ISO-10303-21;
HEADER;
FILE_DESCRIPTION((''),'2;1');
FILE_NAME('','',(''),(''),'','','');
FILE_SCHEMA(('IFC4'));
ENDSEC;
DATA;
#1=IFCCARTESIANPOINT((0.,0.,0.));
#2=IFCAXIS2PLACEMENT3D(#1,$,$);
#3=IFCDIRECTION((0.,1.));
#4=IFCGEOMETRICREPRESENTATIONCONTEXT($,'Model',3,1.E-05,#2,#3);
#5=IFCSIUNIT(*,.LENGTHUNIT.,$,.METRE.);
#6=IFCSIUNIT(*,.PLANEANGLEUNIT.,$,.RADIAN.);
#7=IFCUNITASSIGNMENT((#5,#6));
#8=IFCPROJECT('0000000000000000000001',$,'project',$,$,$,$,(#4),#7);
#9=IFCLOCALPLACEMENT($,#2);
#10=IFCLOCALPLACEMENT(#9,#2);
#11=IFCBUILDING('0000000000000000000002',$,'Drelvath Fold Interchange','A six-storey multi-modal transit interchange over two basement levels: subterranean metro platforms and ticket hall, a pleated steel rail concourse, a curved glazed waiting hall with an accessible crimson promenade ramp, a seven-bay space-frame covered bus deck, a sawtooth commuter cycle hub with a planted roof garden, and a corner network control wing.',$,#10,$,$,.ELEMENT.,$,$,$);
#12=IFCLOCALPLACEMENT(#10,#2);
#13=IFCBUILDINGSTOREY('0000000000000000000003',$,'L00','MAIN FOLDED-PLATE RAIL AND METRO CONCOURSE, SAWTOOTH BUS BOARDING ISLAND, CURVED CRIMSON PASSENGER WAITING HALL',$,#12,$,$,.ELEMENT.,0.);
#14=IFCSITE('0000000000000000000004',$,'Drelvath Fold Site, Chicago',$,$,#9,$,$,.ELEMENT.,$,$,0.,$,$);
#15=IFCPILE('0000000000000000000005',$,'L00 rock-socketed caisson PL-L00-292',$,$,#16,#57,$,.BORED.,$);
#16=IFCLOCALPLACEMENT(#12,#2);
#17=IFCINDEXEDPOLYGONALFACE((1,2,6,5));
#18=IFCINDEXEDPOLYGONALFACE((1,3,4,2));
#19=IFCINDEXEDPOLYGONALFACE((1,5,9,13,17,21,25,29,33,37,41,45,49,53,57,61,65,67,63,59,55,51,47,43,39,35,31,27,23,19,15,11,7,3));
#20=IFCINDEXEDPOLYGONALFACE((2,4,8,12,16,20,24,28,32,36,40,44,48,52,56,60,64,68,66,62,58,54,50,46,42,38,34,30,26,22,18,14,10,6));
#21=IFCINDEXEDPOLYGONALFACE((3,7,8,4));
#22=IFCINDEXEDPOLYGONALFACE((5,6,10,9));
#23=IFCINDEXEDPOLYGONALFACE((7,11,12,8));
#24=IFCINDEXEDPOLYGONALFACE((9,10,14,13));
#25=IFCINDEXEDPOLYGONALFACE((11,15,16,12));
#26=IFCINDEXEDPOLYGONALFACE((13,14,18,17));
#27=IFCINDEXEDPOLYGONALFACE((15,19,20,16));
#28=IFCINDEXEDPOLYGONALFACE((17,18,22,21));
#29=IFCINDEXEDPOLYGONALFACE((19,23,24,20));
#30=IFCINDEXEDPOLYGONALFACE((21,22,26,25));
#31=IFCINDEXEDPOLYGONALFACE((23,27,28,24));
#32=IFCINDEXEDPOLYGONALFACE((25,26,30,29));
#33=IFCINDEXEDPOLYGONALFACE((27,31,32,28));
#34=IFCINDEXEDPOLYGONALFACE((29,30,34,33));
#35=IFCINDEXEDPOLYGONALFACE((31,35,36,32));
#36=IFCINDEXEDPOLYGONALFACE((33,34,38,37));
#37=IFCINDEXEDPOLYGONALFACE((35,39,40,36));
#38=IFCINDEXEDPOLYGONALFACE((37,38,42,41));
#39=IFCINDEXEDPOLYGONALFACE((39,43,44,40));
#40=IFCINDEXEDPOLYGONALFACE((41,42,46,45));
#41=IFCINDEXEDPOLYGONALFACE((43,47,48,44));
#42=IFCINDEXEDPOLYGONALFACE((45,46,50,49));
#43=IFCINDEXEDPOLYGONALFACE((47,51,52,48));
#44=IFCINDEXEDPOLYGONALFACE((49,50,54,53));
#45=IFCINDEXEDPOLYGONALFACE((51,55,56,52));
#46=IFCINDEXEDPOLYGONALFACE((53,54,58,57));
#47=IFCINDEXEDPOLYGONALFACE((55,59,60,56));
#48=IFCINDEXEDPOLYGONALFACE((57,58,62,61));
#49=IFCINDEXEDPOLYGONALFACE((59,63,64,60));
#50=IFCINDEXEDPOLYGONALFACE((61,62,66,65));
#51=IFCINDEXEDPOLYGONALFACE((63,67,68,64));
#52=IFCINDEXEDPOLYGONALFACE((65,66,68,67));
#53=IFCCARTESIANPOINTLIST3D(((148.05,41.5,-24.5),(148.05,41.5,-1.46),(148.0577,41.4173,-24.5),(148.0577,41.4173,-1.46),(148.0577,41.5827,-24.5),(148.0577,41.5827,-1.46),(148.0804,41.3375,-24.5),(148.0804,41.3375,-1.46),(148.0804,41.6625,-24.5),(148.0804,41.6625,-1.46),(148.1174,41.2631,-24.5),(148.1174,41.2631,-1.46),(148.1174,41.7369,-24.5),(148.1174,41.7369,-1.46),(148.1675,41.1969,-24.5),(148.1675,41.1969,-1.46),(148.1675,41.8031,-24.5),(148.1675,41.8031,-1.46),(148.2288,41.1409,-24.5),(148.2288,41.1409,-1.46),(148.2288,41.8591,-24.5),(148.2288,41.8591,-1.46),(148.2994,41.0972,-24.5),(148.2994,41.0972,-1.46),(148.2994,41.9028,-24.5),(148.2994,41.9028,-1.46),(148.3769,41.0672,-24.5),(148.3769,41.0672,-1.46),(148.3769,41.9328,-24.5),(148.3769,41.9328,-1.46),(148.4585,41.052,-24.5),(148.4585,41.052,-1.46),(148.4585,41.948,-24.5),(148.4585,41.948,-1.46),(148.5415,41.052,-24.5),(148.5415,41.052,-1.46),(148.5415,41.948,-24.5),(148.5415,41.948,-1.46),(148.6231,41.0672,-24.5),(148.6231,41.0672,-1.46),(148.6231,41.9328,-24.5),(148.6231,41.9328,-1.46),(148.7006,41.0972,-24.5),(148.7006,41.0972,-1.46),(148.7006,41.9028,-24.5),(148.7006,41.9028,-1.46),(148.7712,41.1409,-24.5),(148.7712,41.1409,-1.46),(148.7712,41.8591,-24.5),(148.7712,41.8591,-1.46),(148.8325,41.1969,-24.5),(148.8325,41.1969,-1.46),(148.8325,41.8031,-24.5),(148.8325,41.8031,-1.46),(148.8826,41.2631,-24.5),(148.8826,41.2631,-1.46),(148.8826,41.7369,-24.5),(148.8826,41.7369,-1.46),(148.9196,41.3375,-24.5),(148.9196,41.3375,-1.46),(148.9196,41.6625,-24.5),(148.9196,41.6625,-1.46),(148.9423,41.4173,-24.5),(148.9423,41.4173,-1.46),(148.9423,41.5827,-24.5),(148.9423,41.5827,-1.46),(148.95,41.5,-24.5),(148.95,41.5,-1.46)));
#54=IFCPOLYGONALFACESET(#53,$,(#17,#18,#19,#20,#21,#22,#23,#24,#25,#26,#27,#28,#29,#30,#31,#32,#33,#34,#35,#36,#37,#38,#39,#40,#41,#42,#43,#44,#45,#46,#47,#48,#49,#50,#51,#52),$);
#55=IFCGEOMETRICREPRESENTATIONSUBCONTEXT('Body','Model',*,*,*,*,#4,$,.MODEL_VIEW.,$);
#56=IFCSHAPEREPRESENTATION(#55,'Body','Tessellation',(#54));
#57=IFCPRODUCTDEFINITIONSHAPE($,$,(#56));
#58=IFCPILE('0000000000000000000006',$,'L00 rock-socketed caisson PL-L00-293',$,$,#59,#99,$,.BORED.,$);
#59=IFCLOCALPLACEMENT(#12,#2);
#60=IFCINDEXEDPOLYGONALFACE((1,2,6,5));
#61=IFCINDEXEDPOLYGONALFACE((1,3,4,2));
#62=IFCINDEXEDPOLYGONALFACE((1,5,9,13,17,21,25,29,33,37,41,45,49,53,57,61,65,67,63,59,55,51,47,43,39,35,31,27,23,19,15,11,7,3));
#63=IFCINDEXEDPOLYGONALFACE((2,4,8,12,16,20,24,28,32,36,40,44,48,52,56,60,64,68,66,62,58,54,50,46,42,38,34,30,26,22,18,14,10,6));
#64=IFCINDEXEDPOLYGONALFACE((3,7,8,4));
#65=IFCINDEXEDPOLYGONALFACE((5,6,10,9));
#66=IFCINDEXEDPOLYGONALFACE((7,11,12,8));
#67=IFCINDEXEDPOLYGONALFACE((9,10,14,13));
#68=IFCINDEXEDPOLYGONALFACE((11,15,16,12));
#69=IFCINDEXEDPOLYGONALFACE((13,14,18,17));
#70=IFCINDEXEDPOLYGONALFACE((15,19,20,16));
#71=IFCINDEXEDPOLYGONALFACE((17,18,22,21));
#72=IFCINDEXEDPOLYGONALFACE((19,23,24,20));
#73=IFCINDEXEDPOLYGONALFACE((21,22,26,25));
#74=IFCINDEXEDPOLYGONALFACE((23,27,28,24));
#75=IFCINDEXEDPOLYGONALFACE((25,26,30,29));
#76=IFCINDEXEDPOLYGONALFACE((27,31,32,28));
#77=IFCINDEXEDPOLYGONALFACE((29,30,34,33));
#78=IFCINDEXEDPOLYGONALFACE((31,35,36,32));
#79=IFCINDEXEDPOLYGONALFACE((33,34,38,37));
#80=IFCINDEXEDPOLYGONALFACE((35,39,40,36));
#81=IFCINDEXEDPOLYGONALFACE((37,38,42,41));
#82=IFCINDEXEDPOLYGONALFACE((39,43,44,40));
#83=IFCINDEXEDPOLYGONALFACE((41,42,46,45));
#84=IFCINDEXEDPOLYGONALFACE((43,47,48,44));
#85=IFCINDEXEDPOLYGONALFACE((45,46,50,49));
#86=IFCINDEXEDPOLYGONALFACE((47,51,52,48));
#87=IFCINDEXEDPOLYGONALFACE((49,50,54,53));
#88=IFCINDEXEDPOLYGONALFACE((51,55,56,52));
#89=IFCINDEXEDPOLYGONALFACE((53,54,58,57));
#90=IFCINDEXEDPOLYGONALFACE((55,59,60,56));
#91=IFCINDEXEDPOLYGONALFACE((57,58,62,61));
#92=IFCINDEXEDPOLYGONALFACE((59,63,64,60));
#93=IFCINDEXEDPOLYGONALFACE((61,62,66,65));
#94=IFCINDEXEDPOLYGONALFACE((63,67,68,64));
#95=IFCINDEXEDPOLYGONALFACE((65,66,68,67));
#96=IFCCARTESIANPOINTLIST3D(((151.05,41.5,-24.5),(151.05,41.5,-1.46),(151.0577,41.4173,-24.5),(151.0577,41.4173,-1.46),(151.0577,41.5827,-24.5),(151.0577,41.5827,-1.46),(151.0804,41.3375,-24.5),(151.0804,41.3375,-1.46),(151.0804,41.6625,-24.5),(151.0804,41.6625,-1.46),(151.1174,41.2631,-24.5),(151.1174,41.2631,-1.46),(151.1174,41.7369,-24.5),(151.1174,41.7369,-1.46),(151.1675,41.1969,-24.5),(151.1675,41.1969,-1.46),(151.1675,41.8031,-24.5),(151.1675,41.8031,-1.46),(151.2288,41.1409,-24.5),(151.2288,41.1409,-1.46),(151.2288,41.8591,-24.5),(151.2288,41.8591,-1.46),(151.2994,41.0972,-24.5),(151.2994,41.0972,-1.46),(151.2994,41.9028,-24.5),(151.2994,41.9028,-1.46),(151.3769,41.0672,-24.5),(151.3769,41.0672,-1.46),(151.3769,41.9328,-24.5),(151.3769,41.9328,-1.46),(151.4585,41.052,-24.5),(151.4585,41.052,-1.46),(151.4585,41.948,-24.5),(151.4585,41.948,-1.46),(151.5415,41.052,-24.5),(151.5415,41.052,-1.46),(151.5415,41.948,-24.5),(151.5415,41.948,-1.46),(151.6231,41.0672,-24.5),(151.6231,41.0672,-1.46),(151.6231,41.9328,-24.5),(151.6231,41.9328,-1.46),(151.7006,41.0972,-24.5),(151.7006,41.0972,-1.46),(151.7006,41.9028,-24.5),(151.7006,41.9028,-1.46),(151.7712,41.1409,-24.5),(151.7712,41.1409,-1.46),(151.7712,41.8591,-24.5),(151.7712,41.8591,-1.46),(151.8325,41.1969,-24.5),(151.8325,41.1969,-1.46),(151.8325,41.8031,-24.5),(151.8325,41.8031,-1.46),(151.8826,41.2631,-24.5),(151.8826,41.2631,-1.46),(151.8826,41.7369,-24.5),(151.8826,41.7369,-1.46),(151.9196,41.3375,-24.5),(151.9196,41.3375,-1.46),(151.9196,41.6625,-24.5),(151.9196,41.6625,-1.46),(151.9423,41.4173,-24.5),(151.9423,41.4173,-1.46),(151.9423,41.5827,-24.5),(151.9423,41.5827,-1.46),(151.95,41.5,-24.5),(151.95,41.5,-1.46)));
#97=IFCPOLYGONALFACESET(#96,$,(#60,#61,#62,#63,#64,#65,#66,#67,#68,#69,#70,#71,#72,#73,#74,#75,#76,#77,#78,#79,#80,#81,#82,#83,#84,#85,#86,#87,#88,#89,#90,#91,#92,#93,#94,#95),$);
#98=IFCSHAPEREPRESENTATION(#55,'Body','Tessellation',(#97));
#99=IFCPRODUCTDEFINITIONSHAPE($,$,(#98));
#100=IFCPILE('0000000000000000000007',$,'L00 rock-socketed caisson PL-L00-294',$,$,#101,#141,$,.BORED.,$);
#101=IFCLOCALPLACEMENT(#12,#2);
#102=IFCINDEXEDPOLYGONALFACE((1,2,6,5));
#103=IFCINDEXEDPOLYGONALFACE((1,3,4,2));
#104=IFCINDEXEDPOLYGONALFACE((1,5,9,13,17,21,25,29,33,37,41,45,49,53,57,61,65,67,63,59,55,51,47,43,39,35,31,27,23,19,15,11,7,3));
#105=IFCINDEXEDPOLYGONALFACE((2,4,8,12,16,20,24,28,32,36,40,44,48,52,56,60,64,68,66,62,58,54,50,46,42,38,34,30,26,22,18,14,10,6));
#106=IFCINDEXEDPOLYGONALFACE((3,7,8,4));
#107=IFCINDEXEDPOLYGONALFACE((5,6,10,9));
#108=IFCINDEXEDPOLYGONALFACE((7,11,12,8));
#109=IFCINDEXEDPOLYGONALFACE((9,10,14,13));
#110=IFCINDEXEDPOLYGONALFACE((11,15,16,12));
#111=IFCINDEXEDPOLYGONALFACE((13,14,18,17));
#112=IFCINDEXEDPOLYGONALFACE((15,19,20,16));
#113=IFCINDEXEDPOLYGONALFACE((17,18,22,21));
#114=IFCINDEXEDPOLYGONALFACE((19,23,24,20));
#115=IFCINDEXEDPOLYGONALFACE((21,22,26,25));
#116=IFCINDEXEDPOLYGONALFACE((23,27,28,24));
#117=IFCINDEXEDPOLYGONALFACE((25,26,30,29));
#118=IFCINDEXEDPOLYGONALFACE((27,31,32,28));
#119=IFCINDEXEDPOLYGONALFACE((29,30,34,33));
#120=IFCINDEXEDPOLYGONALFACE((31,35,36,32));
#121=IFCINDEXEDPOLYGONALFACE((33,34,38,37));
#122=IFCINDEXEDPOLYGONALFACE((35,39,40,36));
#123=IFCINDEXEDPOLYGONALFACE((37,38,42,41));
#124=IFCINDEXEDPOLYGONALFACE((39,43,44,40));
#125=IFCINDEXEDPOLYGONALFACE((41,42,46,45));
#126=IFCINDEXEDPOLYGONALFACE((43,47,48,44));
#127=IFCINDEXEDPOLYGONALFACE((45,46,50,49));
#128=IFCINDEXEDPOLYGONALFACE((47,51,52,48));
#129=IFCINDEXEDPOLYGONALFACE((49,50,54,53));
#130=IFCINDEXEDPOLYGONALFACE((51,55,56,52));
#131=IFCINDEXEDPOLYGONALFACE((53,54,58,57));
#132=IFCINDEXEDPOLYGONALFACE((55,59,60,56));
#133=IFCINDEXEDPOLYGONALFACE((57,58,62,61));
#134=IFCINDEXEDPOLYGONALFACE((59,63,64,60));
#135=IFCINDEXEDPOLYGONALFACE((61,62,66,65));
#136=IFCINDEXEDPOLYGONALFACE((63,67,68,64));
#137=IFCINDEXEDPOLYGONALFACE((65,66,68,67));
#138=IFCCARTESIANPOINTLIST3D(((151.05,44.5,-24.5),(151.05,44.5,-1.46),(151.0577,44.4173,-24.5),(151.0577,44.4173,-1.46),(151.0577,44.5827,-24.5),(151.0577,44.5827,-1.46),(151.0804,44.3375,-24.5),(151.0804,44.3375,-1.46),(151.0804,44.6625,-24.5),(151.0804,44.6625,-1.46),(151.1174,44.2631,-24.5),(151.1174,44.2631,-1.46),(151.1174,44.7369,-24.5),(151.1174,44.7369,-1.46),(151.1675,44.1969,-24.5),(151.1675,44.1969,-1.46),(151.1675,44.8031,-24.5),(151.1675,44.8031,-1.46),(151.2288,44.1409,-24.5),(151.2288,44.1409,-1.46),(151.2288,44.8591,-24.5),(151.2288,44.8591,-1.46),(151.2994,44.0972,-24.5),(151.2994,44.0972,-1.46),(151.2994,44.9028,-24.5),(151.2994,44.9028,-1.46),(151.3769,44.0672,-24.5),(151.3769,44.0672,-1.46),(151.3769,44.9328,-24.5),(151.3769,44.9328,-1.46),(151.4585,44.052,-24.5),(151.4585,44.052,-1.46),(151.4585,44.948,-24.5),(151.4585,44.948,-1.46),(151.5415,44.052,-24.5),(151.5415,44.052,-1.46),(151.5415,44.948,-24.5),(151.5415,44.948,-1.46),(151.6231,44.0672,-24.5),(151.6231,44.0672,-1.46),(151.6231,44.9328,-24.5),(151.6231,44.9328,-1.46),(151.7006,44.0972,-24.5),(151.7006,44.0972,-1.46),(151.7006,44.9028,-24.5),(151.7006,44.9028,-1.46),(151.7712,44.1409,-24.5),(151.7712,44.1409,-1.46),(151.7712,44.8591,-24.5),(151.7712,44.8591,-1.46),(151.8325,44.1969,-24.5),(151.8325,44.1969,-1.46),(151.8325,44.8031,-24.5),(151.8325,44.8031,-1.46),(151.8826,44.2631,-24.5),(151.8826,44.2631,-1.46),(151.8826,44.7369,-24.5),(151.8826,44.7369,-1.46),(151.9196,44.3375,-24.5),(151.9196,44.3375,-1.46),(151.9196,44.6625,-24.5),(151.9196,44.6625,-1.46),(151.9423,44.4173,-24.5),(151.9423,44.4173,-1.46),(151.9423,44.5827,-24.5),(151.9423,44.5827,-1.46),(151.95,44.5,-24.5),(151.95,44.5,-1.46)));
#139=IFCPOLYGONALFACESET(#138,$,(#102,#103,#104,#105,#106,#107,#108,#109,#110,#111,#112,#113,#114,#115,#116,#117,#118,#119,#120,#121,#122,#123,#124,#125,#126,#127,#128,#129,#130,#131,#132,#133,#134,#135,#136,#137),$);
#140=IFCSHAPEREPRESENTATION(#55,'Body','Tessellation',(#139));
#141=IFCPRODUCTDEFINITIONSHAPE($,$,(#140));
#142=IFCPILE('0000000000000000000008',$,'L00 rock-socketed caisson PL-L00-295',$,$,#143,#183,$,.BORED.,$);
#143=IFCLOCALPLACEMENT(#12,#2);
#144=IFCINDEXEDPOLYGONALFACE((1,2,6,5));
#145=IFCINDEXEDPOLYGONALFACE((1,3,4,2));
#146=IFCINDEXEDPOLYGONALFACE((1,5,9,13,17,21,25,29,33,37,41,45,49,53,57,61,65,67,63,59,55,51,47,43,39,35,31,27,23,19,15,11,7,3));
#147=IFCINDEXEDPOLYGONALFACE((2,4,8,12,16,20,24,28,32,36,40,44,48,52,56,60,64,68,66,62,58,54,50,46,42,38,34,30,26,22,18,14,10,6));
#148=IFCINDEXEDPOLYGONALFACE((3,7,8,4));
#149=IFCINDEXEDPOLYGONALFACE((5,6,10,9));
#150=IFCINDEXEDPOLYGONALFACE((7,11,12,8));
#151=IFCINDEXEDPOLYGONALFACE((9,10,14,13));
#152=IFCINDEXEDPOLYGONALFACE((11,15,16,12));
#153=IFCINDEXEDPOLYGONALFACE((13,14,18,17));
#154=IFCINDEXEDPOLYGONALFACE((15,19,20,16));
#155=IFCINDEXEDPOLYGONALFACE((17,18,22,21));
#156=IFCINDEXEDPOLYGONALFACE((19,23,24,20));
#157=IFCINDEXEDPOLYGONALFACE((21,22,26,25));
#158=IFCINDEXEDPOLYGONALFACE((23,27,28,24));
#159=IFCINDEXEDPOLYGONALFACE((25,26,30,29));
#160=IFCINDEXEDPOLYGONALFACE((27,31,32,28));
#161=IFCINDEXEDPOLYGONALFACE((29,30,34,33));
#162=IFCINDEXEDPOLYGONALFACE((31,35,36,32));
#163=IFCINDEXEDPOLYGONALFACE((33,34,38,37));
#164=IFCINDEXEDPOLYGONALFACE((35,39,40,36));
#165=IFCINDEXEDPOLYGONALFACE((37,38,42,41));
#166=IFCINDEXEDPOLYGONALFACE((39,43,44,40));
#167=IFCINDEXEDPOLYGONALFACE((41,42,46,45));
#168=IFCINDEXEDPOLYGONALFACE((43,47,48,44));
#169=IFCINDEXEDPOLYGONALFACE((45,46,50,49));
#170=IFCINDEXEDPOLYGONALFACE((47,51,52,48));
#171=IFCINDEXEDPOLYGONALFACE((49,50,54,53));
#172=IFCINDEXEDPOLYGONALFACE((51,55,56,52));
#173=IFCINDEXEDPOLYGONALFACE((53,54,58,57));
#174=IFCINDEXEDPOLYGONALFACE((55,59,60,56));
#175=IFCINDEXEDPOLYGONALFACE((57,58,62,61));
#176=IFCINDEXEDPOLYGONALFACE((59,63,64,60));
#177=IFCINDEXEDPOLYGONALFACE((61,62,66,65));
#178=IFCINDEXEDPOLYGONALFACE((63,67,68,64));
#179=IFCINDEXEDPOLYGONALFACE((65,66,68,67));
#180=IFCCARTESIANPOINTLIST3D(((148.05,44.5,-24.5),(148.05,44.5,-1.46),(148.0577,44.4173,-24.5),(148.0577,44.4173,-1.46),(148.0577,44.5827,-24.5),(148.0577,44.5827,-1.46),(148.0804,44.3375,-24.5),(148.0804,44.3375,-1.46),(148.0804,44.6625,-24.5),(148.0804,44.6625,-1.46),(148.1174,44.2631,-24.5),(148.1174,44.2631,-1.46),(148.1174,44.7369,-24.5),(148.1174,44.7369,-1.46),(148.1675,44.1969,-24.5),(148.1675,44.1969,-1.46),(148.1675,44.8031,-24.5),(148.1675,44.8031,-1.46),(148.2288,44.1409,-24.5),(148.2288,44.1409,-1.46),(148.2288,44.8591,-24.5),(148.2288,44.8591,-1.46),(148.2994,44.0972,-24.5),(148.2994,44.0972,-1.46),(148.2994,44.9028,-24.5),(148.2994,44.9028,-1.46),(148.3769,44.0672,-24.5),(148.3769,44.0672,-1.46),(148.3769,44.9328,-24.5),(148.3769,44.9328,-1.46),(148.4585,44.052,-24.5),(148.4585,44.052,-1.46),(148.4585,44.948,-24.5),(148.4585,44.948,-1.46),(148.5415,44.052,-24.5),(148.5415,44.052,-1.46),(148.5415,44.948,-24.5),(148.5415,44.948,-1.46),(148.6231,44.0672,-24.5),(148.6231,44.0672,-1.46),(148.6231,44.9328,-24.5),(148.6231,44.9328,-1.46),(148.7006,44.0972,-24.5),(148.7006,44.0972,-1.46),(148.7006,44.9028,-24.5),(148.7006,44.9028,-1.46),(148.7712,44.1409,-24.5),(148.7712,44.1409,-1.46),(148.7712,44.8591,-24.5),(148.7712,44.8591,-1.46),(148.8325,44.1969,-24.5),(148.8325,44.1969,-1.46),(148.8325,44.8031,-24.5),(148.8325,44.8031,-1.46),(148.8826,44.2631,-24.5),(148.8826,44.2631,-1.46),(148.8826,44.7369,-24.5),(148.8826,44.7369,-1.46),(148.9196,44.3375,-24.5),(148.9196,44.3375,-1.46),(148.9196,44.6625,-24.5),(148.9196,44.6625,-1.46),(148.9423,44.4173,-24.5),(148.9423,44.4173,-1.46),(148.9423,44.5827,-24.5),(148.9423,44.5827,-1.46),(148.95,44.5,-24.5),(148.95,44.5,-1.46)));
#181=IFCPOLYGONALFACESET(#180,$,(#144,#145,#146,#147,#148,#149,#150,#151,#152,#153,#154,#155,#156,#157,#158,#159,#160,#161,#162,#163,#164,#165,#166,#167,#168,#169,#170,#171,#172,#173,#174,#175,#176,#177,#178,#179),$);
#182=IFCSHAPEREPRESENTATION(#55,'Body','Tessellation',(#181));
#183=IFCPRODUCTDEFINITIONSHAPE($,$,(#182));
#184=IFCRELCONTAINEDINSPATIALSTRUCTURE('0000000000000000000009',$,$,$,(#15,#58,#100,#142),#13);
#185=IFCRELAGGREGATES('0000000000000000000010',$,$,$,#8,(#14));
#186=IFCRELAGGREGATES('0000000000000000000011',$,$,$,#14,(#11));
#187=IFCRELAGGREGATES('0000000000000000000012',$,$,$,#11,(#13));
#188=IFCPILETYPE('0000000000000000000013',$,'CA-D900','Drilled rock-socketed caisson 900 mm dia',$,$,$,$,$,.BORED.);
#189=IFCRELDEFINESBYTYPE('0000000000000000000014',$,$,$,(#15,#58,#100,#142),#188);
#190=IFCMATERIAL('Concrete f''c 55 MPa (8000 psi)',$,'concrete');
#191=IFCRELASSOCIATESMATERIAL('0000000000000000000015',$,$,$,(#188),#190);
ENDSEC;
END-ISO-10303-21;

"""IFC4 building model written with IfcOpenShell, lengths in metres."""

from ifc_helpers import new_model, si_unit, direction, frame, origin, origin_2d, place, context, subcontext, project, spatial, circle, extrude, material, material_profile, profile_set, type_object, element, save


model = new_model("IFC4")

# Units and contexts
model_context = context("Model", 3, precision=1e-05, world=origin(), true_north=direction((0.0, 1.0)))
body_context = subcontext(model_context, "Body", "Model", "MODEL_VIEW")
ifc_project = project(units=[si_unit("LENGTHUNIT", "METRE"), si_unit("PLANEANGLEUNIT", "RADIAN")], contexts=[model_context])

# Site, building, storey
site_placement = place(None, origin())
site = spatial("IfcSite", under=ifc_project, at=site_placement, Name="Drelvath Fold Site, Chicago", CompositionType="ELEMENT", RefElevation=0.0)
building_placement = place(site_placement, origin())
building = spatial("IfcBuilding", under=site, at=building_placement, Name="Drelvath Fold Interchange", Description="A six-storey multi-modal transit interchange over two basement levels: subterranean metro platforms and ticket hall, a pleated steel rail concourse, a curved glazed waiting hall with an accessible crimson promenade ramp, a seven-bay space-frame covered bus deck, a sawtooth commuter cycle hub with a planted roof garden, and a corner network control wing.", CompositionType="ELEMENT")
storey_placement = place(building_placement, origin())
storey = spatial("IfcBuildingStorey", under=building, at=storey_placement, Name="L00", Description="MAIN FOLDED-PLATE RAIL AND METRO CONCOURSE, SAWTOOTH BUS BOARDING ISLAND, CURVED CRIMSON PASSENGER WAITING HALL", CompositionType="ELEMENT", Elevation=0.0)

# Piles
ifc_material_1 = material(Name="Concrete f'c 55 MPa (8000 psi)", Category="concrete")
ifc_material_profile_1 = material_profile(ifc_material_1, circle(Radius=0.45, at=origin_2d()), Name="CAISSON D900")
ifc_profile_set_1 = profile_set([ifc_material_profile_1], Name="Concrete f'c 55 MPa (8000 psi)")
pile_type_1 = type_object("IfcPileType", Name="CA-D900", Description="Drilled rock-socketed caisson 900 mm dia", PredefinedType="BORED", material=ifc_profile_set_1)
for number, where, z_axis, x_axis, name in (
    (1, (148.5, 41.5, -1.46), (0.0, 0.0, -1.0), (1.0, 0.0, 0.0), "L00 rock-socketed caisson PL-L00-292"),
    (2, (151.5, 41.5, -1.46), (0.0, 0.0, -1.0), (1.0, 0.0, 0.0), "L00 rock-socketed caisson PL-L00-293"),
    (3, (151.5, 44.5, -1.46), (0.0, 0.0, -1.0), (1.0, 0.0, 0.0), "L00 rock-socketed caisson PL-L00-294"),
    (4, (148.5, 44.5, -1.46), (0.0, 0.0, -1.0), (1.0, 0.0, 0.0), "L00 rock-socketed caisson PL-L00-295"),
):
    element("IfcPile", number, at=place(storey_placement, frame(where, z_axis=z_axis, x_axis=x_axis)), inside=storey, type_object=pile_type_1, Name=name, PredefinedType="BORED", context=body_context, shape_type="SweptSolid", body=[
        extrude(circle(Radius=0.45, at=origin_2d()), origin(), (0.0, 0.0, 1.0), 23.04),
    ])

save(model, "model.ifc")
